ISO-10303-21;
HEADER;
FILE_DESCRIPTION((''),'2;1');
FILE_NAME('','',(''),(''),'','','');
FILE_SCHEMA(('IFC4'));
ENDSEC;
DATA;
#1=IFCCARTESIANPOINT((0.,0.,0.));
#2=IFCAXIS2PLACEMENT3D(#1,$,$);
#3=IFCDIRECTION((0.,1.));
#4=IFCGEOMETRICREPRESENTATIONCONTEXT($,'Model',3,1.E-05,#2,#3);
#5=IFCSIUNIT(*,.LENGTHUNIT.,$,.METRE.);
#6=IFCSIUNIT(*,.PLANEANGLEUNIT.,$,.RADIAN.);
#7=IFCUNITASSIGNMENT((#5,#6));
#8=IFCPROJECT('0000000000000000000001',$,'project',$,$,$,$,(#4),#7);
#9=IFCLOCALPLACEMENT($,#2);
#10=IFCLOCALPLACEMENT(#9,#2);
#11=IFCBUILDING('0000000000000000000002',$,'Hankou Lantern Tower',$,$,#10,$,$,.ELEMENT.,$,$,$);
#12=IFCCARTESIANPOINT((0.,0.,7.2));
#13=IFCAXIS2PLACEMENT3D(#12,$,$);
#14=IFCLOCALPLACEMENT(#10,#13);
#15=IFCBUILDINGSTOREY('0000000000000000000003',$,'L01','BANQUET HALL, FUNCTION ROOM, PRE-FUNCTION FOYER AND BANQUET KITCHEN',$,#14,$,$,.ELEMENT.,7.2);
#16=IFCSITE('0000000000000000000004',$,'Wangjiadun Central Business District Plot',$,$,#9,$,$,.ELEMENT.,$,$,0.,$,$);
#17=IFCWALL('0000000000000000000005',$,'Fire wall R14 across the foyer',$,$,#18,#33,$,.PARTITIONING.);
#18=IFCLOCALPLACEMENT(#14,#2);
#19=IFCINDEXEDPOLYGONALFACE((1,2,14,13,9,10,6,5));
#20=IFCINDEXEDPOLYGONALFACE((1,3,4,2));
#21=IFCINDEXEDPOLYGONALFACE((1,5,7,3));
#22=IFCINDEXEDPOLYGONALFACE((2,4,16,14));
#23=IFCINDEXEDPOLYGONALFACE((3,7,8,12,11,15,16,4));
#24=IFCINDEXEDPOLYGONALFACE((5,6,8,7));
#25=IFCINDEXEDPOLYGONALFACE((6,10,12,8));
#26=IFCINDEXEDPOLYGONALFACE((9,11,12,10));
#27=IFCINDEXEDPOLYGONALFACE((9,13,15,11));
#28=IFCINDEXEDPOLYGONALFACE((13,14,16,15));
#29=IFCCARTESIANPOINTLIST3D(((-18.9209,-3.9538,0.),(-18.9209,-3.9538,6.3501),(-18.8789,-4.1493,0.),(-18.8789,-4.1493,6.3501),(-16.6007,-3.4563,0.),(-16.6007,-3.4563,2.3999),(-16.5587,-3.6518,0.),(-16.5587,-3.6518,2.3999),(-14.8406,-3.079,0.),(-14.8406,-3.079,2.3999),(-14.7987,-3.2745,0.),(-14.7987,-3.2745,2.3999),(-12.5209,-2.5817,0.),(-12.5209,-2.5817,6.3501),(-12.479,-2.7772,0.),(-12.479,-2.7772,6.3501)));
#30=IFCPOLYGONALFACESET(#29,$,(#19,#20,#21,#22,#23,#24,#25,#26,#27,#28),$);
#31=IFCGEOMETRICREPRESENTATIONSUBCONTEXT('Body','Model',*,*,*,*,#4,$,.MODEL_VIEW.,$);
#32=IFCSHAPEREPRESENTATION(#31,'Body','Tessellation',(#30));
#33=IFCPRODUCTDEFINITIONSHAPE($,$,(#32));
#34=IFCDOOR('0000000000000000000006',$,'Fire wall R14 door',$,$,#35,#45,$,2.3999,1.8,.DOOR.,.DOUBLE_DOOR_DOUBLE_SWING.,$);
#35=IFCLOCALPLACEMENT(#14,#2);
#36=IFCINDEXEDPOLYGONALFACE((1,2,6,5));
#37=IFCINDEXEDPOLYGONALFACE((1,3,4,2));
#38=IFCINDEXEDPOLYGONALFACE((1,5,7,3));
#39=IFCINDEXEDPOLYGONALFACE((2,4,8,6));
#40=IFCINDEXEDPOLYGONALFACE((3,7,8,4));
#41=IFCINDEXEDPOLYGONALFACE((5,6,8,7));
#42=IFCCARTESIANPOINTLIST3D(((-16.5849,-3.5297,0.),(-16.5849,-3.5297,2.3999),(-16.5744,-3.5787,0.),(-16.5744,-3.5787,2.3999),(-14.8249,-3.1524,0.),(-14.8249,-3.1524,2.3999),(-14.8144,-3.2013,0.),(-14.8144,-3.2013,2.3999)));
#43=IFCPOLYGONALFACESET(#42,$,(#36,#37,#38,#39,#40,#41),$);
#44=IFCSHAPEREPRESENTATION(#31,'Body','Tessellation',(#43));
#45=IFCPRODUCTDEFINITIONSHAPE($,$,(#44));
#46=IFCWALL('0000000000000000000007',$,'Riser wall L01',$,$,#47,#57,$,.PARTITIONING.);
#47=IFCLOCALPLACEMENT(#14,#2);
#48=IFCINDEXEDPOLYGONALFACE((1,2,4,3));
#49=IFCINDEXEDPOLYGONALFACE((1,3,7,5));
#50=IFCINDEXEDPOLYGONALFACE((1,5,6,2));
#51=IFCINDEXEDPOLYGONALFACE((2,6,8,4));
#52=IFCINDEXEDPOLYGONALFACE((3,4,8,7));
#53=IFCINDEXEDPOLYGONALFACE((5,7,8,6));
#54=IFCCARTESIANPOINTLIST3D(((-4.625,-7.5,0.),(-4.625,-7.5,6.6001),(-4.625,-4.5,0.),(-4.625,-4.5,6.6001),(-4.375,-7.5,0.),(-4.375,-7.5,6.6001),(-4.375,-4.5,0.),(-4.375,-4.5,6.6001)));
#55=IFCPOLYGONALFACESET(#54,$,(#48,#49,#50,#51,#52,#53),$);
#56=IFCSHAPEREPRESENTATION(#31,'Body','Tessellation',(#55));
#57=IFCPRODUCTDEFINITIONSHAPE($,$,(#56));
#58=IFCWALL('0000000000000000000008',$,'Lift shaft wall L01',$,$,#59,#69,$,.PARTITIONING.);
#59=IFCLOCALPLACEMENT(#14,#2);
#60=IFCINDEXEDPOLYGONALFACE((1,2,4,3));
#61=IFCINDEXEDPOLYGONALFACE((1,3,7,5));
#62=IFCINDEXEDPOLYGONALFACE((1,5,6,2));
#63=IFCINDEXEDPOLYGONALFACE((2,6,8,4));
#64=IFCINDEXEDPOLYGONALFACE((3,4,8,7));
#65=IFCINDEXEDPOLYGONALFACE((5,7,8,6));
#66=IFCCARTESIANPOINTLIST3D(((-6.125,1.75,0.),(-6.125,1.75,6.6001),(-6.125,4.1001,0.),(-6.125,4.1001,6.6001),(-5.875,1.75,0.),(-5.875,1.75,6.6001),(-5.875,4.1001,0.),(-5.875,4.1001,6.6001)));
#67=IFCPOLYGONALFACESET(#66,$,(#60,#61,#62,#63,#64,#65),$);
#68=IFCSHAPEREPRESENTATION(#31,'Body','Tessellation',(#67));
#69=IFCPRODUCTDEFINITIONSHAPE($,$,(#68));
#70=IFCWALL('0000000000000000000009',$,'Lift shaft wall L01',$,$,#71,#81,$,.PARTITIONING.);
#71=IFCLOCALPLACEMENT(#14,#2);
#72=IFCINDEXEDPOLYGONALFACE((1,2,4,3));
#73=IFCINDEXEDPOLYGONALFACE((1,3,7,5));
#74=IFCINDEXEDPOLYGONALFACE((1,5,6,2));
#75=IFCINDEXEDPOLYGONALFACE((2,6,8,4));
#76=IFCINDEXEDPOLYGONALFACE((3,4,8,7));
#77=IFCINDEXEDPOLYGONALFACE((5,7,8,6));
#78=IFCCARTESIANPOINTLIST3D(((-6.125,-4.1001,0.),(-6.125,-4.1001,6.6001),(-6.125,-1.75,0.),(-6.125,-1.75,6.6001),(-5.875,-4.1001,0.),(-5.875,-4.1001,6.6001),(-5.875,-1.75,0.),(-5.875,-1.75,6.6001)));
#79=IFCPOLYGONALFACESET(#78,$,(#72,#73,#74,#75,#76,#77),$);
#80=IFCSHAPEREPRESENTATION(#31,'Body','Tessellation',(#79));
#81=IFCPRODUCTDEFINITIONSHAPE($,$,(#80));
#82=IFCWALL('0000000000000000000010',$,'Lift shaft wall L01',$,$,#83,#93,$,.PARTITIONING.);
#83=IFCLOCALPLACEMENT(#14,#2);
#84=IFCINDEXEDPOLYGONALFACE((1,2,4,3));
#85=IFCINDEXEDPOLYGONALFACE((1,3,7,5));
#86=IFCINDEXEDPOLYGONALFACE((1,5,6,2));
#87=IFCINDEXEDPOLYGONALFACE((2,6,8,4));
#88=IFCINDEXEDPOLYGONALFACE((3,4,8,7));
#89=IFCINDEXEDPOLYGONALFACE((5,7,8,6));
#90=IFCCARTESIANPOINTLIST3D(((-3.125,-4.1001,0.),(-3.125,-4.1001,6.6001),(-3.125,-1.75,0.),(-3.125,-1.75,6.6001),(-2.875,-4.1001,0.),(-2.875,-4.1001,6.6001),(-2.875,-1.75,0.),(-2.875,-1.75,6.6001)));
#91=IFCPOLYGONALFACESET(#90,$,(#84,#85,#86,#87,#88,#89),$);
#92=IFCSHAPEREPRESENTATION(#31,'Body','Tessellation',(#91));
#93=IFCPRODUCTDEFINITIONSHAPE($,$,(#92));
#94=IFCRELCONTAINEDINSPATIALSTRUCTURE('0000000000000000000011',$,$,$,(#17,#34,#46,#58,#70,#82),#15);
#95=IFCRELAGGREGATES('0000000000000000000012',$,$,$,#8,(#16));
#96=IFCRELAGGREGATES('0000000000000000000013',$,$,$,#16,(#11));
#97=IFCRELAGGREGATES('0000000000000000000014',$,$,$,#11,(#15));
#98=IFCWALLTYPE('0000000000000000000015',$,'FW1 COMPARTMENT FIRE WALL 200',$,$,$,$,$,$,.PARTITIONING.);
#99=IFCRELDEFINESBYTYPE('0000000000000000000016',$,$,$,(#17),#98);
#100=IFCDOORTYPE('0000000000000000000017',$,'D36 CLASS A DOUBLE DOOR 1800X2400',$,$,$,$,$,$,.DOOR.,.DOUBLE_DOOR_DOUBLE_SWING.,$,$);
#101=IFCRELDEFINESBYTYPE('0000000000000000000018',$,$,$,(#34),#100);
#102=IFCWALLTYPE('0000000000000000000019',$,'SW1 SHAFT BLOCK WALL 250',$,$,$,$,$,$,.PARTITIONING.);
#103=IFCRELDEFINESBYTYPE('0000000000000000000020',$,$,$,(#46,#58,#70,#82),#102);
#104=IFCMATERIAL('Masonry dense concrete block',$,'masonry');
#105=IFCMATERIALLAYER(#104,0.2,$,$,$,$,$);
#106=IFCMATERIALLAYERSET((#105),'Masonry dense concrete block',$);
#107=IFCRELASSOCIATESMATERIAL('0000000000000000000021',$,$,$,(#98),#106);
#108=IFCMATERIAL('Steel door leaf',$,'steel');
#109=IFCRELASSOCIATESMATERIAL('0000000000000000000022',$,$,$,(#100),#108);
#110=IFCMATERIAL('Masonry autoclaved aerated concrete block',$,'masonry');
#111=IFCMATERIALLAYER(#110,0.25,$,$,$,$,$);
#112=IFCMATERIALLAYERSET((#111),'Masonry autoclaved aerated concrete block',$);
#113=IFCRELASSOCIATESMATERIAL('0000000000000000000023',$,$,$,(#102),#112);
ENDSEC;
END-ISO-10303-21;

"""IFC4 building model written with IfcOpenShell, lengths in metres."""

from ifc_helpers import new_model, si_unit, direction, frame, frame_2d, origin, place, context, subcontext, project, spatial, rectangle, extrude, material, layer, layer_set, type_object, element, fill, save


model = new_model("IFC4")

# Units and contexts
model_context = context("Model", 3, precision=1e-05, world=origin(), true_north=direction((0.0, 1.0)))
body_context = subcontext(model_context, "Body", "Model", "MODEL_VIEW")
ifc_project = project(units=[si_unit("LENGTHUNIT", "METRE"), si_unit("PLANEANGLEUNIT", "RADIAN")], contexts=[model_context])

# Site, building, storey
site_placement = place(None, origin())
site = spatial("IfcSite", under=ifc_project, at=site_placement, Name="Wangjiadun Central Business District Plot", CompositionType="ELEMENT", RefElevation=0.0)
building_placement = place(site_placement, origin())
building = spatial("IfcBuilding", under=site, at=building_placement, Name="Hankou Lantern Tower", CompositionType="ELEMENT")
storey_placement = place(building_placement, frame((0.0, 0.0, 7.2)))
storey = spatial("IfcBuildingStorey", under=building, at=storey_placement, Name="L01", Description="BANQUET HALL, FUNCTION ROOM, PRE-FUNCTION FOYER AND BANQUET KITCHEN", CompositionType="ELEMENT", Elevation=7.2)

# Shared definitions
ifc_material_1 = material(Name="Masonry dense concrete block", Category="masonry")
ifc_layer_1 = layer(ifc_material_1, 0.2)
ifc_layer_set_1 = layer_set([ifc_layer_1], Name="Masonry dense concrete block")
wall_type_1 = type_object("IfcWallType", Name="FW1 COMPARTMENT FIRE WALL 200", PredefinedType="PARTITIONING", material=ifc_layer_set_1)

# Wall, opening, door
wall_1_placement = place(storey_placement, frame((-18.8999, -4.0515, 0.0), z_axis=(0.0, 0.0, 1.0), x_axis=(0.977782, 0.209626, 0.0)))
wall_1 = element("IfcWall", 1, at=wall_1_placement, inside=storey, type_object=wall_type_1, Name="Fire wall R14 across the foyer", PredefinedType="PARTITIONING", context=body_context, shape_type="SweptSolid", body=[
    extrude(rectangle(XDim=6.5454, YDim=0.2, at=frame_2d((3.2727, 0.0))), origin(), (0.0, 0.0, 1.0), 6.3501),
])
opening_1_placement = place(wall_1_placement, frame((2.373, 0.0, 0.0)))
opening_1 = element("IfcOpeningElement", 2, at=opening_1_placement, cuts=wall_1, PredefinedType="OPENING", context=body_context, shape_type="SweptSolid", body=[
    extrude(rectangle(XDim=1.8, YDim=2.3999, at=frame_2d((0.8999, 1.2))), frame((0.0, 0.1099, 0.0), z_axis=(0.0, -1.0, 0.0), x_axis=(1.0, 0.0, 0.0)), (0.0, 0.0, 1.0), 0.22),
])
ifc_material_2 = material(Name="Steel door leaf", Category="steel")
door_type_1 = type_object("IfcDoorType", Name="D36 CLASS A DOUBLE DOOR 1800X2400", OperationType="DOUBLE_DOOR_DOUBLE_SWING", PredefinedType="DOOR", material=ifc_material_2)
door_1_placement = place(opening_1_placement, origin())
door_1 = element("IfcDoor", 3, at=door_1_placement, inside=storey, type_object=door_type_1, Name="Fire wall R14 door", OperationType="DOUBLE_DOOR_DOUBLE_SWING", OverallHeight=2.3999, OverallWidth=1.8, PredefinedType="DOOR", context=body_context, shape_type="SweptSolid", body=[
    extrude(rectangle(XDim=1.8, YDim=2.3999, at=frame_2d((0.8999, 1.2))), frame((0.0, 0.0249, 0.0), z_axis=(0.0, -1.0, 0.0), x_axis=(1.0, 0.0, 0.0)), (0.0, 0.0, 1.0), 0.05),
])
fill(opening_1, door_1)

# Walls
ifc_material_3 = material(Name="Masonry autoclaved aerated concrete block", Category="masonry")
ifc_layer_2 = layer(ifc_material_3, 0.25)
ifc_layer_set_2 = layer_set([ifc_layer_2], Name="Masonry autoclaved aerated concrete block")
wall_type_2 = type_object("IfcWallType", Name="SW1 SHAFT BLOCK WALL 250", PredefinedType="PARTITIONING", material=ifc_layer_set_2)
wall_2_placement = place(storey_placement, frame((-4.5, -7.5, 0.0), z_axis=(0.0, 0.0, 1.0), x_axis=(0.0, 1.0, 0.0)))
element("IfcWall", 4, at=wall_2_placement, inside=storey, type_object=wall_type_2, Name="Riser wall L01", PredefinedType="PARTITIONING", context=body_context, shape_type="SweptSolid", body=[
    extrude(rectangle(XDim=3.0, YDim=0.25, at=frame_2d((1.5, 0.0))), origin(), (0.0, 0.0, 1.0), 6.6001),
])
for number, where, z_axis, x_axis, name in (
    (5, (-6.0, 1.75, 0.0), (0.0, 0.0, 1.0), (0.0, 1.0, 0.0), "Lift shaft wall L01"),
    (6, (-6.0, -4.1001, 0.0), (0.0, 0.0, 1.0), (0.0, 1.0, 0.0), "Lift shaft wall L01"),
    (7, (-3.0, -4.1001, 0.0), (0.0, 0.0, 1.0), (0.0, 1.0, 0.0), "Lift shaft wall L01"),
):
    element("IfcWall", number, at=place(storey_placement, frame(where, z_axis=z_axis, x_axis=x_axis)), inside=storey, type_object=wall_type_2, Name=name, PredefinedType="PARTITIONING", context=body_context, shape_type="SweptSolid", body=[
        extrude(rectangle(XDim=2.3501, YDim=0.25, at=frame_2d((1.175, 0.0))), origin(), (0.0, 0.0, 1.0), 6.6001),
    ])

save(model, "model.ifc")
